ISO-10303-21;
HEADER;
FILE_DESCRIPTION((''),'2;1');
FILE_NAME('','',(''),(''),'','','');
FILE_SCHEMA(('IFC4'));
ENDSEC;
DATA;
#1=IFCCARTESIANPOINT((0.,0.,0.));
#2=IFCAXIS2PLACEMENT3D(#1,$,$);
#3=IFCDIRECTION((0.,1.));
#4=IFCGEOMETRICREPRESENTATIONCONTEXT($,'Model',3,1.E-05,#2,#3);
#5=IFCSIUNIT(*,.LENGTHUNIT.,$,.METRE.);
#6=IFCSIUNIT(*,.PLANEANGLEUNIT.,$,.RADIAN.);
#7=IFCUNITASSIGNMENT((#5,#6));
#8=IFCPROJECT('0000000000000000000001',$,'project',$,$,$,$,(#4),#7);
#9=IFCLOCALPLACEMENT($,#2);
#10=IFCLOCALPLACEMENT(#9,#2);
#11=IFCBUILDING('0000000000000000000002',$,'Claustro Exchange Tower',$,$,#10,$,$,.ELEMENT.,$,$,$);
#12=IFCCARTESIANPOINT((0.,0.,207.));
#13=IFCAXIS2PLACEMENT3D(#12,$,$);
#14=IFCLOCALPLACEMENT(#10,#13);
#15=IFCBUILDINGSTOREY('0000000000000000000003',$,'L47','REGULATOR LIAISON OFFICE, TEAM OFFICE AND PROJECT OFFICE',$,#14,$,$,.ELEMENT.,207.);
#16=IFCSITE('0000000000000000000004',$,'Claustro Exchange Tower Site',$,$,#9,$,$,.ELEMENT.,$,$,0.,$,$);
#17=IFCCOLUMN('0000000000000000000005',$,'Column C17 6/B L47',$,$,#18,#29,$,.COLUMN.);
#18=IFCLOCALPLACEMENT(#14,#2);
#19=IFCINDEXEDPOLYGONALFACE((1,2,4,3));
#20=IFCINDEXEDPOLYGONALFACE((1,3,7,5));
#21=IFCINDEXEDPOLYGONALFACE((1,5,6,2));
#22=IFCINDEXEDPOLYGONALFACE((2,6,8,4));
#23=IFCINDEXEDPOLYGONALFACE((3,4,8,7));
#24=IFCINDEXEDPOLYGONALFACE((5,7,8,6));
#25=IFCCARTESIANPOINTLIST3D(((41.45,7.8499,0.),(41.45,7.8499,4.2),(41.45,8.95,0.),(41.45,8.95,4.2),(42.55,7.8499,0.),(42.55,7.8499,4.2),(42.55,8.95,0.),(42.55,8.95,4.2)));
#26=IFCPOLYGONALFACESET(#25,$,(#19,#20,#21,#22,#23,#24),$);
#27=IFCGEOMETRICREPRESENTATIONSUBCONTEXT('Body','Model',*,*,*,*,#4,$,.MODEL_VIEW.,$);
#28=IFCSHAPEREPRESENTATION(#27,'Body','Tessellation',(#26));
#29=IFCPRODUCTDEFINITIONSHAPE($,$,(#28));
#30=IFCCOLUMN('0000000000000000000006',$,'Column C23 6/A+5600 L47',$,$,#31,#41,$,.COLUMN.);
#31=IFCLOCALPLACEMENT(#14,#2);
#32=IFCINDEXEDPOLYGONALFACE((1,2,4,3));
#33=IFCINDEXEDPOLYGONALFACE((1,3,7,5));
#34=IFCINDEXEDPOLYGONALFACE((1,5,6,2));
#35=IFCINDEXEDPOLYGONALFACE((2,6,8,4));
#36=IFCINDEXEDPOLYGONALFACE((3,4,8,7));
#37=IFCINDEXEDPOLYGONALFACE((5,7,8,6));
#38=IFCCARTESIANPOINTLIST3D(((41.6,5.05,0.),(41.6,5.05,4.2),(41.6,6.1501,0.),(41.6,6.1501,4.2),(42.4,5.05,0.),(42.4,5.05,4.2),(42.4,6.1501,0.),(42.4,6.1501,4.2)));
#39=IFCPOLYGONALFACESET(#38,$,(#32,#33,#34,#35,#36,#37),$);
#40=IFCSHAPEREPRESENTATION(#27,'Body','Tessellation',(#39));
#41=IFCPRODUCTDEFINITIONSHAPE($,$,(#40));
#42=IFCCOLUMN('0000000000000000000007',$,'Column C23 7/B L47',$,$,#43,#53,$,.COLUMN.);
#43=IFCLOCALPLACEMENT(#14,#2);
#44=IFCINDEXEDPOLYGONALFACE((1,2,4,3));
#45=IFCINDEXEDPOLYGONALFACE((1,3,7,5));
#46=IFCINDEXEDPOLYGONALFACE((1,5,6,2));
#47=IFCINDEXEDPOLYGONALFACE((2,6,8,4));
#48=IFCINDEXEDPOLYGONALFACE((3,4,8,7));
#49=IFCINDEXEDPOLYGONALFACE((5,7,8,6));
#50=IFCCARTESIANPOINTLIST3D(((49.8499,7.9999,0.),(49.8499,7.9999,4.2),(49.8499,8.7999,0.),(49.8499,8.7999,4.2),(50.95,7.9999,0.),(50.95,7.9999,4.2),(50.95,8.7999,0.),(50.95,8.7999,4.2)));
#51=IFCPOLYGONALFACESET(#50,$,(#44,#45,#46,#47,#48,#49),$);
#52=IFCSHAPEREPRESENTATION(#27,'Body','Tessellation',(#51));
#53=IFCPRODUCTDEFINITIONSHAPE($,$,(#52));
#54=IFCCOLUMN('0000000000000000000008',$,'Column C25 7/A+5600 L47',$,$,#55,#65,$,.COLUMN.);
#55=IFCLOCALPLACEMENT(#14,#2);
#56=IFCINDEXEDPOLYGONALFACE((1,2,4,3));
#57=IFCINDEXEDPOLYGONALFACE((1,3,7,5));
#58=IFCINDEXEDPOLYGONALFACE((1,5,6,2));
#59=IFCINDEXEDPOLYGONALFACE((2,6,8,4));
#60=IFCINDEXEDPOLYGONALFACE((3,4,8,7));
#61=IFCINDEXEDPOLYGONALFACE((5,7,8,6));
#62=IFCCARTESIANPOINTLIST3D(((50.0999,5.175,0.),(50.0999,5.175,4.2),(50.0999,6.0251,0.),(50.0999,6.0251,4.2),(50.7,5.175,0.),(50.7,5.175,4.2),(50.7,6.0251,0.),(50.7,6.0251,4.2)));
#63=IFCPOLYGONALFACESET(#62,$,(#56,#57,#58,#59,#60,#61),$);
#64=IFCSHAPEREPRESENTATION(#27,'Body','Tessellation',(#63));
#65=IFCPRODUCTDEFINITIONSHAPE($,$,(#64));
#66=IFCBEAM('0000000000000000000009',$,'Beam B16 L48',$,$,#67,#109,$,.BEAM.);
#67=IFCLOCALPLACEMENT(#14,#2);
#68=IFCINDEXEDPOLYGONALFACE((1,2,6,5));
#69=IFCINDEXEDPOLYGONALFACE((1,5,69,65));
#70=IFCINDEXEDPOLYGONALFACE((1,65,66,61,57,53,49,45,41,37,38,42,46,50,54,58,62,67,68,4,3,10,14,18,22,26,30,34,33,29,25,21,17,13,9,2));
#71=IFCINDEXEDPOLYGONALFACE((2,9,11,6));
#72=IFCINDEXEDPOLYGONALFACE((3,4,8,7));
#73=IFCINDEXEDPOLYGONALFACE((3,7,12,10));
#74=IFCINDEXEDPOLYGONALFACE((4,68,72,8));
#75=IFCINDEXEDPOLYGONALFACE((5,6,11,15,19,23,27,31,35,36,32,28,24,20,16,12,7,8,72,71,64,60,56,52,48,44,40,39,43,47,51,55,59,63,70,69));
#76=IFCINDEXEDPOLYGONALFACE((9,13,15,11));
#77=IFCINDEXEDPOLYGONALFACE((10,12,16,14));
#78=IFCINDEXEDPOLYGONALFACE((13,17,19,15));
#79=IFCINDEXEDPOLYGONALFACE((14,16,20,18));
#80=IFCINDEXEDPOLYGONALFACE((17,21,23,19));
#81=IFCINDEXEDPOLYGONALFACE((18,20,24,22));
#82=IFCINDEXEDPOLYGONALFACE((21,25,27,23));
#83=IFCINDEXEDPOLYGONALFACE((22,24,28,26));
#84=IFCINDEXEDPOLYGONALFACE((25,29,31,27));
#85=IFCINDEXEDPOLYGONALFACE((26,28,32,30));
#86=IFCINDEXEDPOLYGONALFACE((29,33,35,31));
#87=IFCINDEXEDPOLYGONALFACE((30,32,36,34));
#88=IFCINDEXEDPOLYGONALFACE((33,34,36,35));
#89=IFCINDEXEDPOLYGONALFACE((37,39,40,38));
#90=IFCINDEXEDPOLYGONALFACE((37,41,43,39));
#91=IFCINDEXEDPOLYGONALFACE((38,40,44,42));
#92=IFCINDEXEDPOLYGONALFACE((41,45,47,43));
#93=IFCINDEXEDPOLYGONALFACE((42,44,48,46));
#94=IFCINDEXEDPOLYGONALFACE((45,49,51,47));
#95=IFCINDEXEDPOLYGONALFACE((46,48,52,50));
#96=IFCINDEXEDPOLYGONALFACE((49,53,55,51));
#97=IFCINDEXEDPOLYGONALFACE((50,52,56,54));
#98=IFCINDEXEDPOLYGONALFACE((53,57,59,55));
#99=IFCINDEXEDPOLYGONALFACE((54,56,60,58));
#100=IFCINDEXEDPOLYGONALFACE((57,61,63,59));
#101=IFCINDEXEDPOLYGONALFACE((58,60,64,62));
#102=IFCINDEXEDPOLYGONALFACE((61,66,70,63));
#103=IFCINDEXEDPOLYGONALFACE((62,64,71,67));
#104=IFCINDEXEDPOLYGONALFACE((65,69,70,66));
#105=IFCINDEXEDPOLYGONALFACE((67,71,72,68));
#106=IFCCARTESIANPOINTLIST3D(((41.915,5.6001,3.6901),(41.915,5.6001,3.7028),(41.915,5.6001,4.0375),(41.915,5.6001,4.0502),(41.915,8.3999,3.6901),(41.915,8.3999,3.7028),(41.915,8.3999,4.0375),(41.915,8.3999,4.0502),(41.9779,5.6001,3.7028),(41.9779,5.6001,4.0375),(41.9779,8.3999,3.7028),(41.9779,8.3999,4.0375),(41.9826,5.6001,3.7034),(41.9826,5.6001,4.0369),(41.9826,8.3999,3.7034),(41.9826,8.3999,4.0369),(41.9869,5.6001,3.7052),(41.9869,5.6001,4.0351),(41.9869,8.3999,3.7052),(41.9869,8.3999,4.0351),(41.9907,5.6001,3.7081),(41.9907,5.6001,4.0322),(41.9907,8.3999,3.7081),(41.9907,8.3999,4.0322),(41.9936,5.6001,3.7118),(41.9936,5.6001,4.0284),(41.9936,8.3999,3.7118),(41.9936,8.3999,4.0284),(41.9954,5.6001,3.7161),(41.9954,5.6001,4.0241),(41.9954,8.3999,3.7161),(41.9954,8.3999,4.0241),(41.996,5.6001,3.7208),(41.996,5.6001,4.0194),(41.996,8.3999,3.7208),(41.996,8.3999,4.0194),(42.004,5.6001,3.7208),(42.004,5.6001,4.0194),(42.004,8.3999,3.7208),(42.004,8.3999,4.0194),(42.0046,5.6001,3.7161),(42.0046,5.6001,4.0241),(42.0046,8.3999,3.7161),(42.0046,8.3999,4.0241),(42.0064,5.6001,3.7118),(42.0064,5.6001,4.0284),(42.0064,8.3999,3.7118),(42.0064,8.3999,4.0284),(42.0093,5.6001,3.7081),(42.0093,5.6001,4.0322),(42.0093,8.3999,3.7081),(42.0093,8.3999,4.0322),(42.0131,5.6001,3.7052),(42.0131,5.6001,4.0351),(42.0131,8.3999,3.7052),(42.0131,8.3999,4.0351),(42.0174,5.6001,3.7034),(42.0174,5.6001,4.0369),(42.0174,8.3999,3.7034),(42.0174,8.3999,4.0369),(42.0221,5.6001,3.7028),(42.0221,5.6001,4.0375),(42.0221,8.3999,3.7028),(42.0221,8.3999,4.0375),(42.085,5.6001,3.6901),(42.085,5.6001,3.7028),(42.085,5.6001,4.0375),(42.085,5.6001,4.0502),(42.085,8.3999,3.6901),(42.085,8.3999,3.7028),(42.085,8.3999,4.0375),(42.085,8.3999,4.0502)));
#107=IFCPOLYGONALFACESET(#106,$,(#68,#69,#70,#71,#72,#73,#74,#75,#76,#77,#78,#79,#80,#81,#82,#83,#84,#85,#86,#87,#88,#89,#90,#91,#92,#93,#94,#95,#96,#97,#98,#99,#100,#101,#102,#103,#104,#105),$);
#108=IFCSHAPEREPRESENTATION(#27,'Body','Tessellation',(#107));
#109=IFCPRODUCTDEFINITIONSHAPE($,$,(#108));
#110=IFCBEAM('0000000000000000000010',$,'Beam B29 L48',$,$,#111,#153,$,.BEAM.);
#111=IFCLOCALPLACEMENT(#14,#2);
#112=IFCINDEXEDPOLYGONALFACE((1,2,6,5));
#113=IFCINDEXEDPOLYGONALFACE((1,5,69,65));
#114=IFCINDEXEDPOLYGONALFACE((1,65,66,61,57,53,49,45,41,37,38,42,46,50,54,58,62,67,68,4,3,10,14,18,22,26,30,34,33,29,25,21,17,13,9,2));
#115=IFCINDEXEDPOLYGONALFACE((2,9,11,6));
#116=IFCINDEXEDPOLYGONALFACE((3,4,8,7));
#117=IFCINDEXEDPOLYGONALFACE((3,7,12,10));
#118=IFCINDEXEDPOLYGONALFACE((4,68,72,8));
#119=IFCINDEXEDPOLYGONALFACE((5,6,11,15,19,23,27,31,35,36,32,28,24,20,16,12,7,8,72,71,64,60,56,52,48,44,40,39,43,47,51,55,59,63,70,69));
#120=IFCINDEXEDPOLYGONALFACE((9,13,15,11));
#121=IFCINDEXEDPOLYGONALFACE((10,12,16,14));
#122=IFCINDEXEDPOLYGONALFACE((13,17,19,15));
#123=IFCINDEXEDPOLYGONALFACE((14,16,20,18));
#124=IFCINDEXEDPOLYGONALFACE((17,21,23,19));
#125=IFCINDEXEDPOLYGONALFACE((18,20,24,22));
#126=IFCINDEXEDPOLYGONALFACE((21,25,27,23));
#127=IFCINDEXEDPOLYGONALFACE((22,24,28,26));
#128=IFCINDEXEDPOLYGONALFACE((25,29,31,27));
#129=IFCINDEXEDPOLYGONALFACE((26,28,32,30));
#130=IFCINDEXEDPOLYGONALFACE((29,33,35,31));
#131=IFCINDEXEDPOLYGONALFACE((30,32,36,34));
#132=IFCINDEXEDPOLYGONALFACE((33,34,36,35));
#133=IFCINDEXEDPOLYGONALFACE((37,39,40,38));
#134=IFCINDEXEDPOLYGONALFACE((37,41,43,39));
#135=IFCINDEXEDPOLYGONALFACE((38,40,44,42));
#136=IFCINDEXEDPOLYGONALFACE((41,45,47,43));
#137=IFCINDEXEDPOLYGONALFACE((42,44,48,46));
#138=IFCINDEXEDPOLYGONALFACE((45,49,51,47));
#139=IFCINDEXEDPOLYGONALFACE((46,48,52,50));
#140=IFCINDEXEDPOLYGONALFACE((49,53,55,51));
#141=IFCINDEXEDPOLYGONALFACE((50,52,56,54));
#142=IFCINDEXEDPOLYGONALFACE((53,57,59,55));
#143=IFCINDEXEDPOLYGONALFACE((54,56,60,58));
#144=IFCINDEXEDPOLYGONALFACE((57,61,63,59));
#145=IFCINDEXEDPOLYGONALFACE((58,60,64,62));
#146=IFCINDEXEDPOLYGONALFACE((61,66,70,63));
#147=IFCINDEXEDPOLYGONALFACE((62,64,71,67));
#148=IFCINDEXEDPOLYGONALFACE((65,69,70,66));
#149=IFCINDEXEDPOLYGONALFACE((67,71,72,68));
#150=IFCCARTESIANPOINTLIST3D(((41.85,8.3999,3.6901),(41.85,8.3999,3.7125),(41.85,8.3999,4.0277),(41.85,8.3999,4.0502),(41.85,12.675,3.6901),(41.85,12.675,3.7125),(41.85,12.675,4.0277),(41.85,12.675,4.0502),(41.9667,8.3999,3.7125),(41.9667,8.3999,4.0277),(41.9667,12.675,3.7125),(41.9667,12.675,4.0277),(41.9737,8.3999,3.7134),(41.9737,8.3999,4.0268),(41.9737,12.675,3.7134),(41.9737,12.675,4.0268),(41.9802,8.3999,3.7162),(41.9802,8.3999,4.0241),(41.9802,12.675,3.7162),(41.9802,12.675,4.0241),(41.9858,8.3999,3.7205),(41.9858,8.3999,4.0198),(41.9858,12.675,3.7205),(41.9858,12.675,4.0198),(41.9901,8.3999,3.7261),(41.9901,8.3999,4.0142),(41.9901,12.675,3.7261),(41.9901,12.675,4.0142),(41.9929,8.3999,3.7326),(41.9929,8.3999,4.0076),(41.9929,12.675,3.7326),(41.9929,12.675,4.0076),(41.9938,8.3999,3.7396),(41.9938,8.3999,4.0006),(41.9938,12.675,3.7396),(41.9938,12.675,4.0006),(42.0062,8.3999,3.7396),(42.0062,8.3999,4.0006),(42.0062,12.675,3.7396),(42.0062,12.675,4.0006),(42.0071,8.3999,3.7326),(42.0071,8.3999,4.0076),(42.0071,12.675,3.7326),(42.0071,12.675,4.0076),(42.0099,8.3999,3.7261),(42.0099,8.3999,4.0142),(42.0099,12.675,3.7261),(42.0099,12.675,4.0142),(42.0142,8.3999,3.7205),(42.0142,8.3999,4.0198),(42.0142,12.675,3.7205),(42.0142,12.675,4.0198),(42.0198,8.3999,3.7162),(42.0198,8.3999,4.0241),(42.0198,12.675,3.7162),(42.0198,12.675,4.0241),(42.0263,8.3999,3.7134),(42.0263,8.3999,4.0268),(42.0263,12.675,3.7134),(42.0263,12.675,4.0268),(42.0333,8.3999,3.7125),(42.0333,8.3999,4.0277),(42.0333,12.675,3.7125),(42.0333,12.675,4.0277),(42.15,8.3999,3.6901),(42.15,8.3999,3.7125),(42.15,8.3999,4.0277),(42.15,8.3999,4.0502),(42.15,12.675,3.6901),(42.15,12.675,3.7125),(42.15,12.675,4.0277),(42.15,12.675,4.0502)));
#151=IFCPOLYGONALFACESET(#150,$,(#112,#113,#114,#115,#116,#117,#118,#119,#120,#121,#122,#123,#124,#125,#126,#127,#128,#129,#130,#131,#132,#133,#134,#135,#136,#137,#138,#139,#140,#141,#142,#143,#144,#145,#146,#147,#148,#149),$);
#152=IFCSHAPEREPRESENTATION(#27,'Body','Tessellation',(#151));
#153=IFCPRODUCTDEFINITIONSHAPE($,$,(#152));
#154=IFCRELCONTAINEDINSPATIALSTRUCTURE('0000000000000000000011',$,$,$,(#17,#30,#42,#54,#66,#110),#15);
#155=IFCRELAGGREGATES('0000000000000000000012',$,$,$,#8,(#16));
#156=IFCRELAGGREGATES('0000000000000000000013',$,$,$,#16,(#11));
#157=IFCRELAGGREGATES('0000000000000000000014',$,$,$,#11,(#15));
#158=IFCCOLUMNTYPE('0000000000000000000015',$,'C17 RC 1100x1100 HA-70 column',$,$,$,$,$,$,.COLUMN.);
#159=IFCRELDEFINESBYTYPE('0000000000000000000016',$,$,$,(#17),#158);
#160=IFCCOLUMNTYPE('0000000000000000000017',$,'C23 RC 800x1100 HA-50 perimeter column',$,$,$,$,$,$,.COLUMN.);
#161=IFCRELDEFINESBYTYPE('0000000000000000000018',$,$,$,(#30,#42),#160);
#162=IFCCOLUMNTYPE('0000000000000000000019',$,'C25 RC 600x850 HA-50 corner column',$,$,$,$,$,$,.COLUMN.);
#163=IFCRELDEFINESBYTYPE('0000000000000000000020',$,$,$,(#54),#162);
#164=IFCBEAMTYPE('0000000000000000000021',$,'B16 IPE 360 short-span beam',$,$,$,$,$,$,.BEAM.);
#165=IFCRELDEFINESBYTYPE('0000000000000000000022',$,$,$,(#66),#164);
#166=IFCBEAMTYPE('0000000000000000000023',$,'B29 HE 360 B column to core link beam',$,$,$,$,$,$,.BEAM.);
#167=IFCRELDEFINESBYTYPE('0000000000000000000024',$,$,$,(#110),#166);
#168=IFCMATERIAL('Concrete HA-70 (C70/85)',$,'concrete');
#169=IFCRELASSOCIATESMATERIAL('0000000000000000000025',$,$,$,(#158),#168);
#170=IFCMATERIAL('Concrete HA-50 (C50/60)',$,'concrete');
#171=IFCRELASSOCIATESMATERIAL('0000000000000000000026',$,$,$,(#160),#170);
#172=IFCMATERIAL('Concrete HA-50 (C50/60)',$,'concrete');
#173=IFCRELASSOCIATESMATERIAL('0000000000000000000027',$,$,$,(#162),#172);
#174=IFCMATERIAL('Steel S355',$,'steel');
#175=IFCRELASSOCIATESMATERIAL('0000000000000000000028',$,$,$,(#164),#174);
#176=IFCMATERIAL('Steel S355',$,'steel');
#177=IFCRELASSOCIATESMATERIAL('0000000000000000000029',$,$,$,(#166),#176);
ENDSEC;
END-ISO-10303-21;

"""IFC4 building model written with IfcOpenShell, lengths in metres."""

from ifc_helpers import new_model, si_unit, direction, frame, origin, origin_2d, place, context, subcontext, project, spatial, rectangle, i_section, extrude, material, material_profile, profile_set, type_object, element, save


model = new_model("IFC4")

# Units and contexts
model_context = context("Model", 3, precision=1e-05, world=origin(), true_north=direction((0.0, 1.0)))
body_context = subcontext(model_context, "Body", "Model", "MODEL_VIEW")
ifc_project = project(units=[si_unit("LENGTHUNIT", "METRE"), si_unit("PLANEANGLEUNIT", "RADIAN")], contexts=[model_context])

# Site, building, storey
site_placement = place(None, origin())
site = spatial("IfcSite", under=ifc_project, at=site_placement, Name="Claustro Exchange Tower Site", CompositionType="ELEMENT", RefElevation=0.0)
building_placement = place(site_placement, origin())
building = spatial("IfcBuilding", under=site, at=building_placement, Name="Claustro Exchange Tower", CompositionType="ELEMENT")
storey_placement = place(building_placement, frame((0.0, 0.0, 207.0)))
storey = spatial("IfcBuildingStorey", under=building, at=storey_placement, Name="L47", Description="REGULATOR LIAISON OFFICE, TEAM OFFICE AND PROJECT OFFICE", CompositionType="ELEMENT", Elevation=207.0)

# Columns
ifc_material_1 = material(Name="Concrete HA-70 (C70/85)", Category="concrete")
ifc_material_profile_1 = material_profile(ifc_material_1, rectangle(XDim=1.1001, YDim=1.1001, at=origin_2d()), Name="RC 1100x1100")
ifc_profile_set_1 = profile_set([ifc_material_profile_1], Name="Concrete HA-70 (C70/85)")
column_type_1 = type_object("IfcColumnType", Name="C17 RC 1100x1100 HA-70 column", PredefinedType="COLUMN", material=ifc_profile_set_1)
column_1_placement = place(storey_placement, frame((42.0, 8.3999, 0.0), z_axis=(0.0, 0.0, 1.0), x_axis=(1.0, 0.0, 0.0)))
element("IfcColumn", 1, at=column_1_placement, inside=storey, type_object=column_type_1, Name="Column C17 6/B L47", PredefinedType="COLUMN", context=body_context, shape_type="SweptSolid", body=[
    extrude(rectangle(XDim=1.1001, YDim=1.1001, at=origin_2d()), origin(), (0.0, 0.0, 1.0), 4.2),
])
ifc_material_2 = material(Name="Concrete HA-50 (C50/60)", Category="concrete")
ifc_material_profile_2 = material_profile(ifc_material_2, rectangle(XDim=0.8, YDim=1.1001, at=origin_2d()), Name="RC 800x1100")
ifc_profile_set_2 = profile_set([ifc_material_profile_2], Name="Concrete HA-50 (C50/60)")
column_type_2 = type_object("IfcColumnType", Name="C23 RC 800x1100 HA-50 perimeter column", PredefinedType="COLUMN", material=ifc_profile_set_2)
for number, where, z_axis, x_axis, name in (
    (2, (42.0, 5.6001, 0.0), (0.0, 0.0, 1.0), (1.0, 0.0, 0.0), "Column C23 6/A+5600 L47"),
    (3, (50.3999, 8.3999, 0.0), (0.0, 0.0, 1.0), (0.0, 1.0, 0.0), "Column C23 7/B L47"),
):
    element("IfcColumn", number, at=place(storey_placement, frame(where, z_axis=z_axis, x_axis=x_axis)), inside=storey, type_object=column_type_2, Name=name, PredefinedType="COLUMN", context=body_context, shape_type="SweptSolid", body=[
        extrude(rectangle(XDim=0.8, YDim=1.1001, at=origin_2d()), origin(), (0.0, 0.0, 1.0), 4.2),
    ])
ifc_material_3 = material(Name="Concrete HA-50 (C50/60)", Category="concrete")
ifc_material_profile_3 = material_profile(ifc_material_3, rectangle(XDim=0.6001, YDim=0.8501, at=origin_2d()), Name="RC 600x850")
ifc_profile_set_3 = profile_set([ifc_material_profile_3], Name="Concrete HA-50 (C50/60)")
column_type_3 = type_object("IfcColumnType", Name="C25 RC 600x850 HA-50 corner column", PredefinedType="COLUMN", material=ifc_profile_set_3)
column_2_placement = place(storey_placement, frame((50.3999, 5.6001, 0.0), z_axis=(0.0, 0.0, 1.0), x_axis=(1.0, 0.0, 0.0)))
element("IfcColumn", 4, at=column_2_placement, inside=storey, type_object=column_type_3, Name="Column C25 7/A+5600 L47", PredefinedType="COLUMN", context=body_context, shape_type="SweptSolid", body=[
    extrude(rectangle(XDim=0.6001, YDim=0.8501, at=origin_2d()), origin(), (0.0, 0.0, 1.0), 4.2),
])

# Beams
ifc_material_4 = material(Name="Steel S355", Category="steel")
ifc_material_profile_4 = material_profile(ifc_material_4, i_section(OverallWidth=0.1699, OverallDepth=0.3601, WebThickness=0.0081, FlangeThickness=0.0127, FilletRadius=0.0181, at=origin_2d()), Name="IPE 360")
ifc_profile_set_4 = profile_set([ifc_material_profile_4], Name="Steel S355")
beam_type_1 = type_object("IfcBeamType", Name="B16 IPE 360 short-span beam", PredefinedType="BEAM", material=ifc_profile_set_4)
beam_1_placement = place(storey_placement, frame((42.0, 5.6001, 3.8701), z_axis=(0.0, 1.0, 0.0), x_axis=(-1.0, 0.0, 0.0)))
element("IfcBeam", 5, at=beam_1_placement, inside=storey, type_object=beam_type_1, Name="Beam B16 L48", PredefinedType="BEAM", context=body_context, shape_type="SweptSolid", body=[
    extrude(i_section(OverallWidth=0.1699, OverallDepth=0.3601, WebThickness=0.0081, FlangeThickness=0.0127, FilletRadius=0.0181, at=origin_2d()), origin(), (0.0, 0.0, 1.0), 2.7998),
])
ifc_material_5 = material(Name="Steel S355", Category="steel")
ifc_material_profile_5 = material_profile(ifc_material_5, i_section(OverallWidth=0.3, OverallDepth=0.3601, WebThickness=0.0125, FlangeThickness=0.0225, FilletRadius=0.0271, at=origin_2d()), Name="HE 360 B")
ifc_profile_set_5 = profile_set([ifc_material_profile_5], Name="Steel S355")
beam_type_2 = type_object("IfcBeamType", Name="B29 HE 360 B column to core link beam", PredefinedType="BEAM", material=ifc_profile_set_5)
beam_2_placement = place(storey_placement, frame((42.0, 8.3999, 3.8701), z_axis=(0.0, 1.0, 0.0), x_axis=(-1.0, 0.0, 0.0)))
element("IfcBeam", 6, at=beam_2_placement, inside=storey, type_object=beam_type_2, Name="Beam B29 L48", PredefinedType="BEAM", context=body_context, shape_type="SweptSolid", body=[
    extrude(i_section(OverallWidth=0.3, OverallDepth=0.3601, WebThickness=0.0125, FlangeThickness=0.0225, FilletRadius=0.0271, at=origin_2d()), origin(), (0.0, 0.0, 1.0), 4.2751),
])

save(model, "model.ifc")
